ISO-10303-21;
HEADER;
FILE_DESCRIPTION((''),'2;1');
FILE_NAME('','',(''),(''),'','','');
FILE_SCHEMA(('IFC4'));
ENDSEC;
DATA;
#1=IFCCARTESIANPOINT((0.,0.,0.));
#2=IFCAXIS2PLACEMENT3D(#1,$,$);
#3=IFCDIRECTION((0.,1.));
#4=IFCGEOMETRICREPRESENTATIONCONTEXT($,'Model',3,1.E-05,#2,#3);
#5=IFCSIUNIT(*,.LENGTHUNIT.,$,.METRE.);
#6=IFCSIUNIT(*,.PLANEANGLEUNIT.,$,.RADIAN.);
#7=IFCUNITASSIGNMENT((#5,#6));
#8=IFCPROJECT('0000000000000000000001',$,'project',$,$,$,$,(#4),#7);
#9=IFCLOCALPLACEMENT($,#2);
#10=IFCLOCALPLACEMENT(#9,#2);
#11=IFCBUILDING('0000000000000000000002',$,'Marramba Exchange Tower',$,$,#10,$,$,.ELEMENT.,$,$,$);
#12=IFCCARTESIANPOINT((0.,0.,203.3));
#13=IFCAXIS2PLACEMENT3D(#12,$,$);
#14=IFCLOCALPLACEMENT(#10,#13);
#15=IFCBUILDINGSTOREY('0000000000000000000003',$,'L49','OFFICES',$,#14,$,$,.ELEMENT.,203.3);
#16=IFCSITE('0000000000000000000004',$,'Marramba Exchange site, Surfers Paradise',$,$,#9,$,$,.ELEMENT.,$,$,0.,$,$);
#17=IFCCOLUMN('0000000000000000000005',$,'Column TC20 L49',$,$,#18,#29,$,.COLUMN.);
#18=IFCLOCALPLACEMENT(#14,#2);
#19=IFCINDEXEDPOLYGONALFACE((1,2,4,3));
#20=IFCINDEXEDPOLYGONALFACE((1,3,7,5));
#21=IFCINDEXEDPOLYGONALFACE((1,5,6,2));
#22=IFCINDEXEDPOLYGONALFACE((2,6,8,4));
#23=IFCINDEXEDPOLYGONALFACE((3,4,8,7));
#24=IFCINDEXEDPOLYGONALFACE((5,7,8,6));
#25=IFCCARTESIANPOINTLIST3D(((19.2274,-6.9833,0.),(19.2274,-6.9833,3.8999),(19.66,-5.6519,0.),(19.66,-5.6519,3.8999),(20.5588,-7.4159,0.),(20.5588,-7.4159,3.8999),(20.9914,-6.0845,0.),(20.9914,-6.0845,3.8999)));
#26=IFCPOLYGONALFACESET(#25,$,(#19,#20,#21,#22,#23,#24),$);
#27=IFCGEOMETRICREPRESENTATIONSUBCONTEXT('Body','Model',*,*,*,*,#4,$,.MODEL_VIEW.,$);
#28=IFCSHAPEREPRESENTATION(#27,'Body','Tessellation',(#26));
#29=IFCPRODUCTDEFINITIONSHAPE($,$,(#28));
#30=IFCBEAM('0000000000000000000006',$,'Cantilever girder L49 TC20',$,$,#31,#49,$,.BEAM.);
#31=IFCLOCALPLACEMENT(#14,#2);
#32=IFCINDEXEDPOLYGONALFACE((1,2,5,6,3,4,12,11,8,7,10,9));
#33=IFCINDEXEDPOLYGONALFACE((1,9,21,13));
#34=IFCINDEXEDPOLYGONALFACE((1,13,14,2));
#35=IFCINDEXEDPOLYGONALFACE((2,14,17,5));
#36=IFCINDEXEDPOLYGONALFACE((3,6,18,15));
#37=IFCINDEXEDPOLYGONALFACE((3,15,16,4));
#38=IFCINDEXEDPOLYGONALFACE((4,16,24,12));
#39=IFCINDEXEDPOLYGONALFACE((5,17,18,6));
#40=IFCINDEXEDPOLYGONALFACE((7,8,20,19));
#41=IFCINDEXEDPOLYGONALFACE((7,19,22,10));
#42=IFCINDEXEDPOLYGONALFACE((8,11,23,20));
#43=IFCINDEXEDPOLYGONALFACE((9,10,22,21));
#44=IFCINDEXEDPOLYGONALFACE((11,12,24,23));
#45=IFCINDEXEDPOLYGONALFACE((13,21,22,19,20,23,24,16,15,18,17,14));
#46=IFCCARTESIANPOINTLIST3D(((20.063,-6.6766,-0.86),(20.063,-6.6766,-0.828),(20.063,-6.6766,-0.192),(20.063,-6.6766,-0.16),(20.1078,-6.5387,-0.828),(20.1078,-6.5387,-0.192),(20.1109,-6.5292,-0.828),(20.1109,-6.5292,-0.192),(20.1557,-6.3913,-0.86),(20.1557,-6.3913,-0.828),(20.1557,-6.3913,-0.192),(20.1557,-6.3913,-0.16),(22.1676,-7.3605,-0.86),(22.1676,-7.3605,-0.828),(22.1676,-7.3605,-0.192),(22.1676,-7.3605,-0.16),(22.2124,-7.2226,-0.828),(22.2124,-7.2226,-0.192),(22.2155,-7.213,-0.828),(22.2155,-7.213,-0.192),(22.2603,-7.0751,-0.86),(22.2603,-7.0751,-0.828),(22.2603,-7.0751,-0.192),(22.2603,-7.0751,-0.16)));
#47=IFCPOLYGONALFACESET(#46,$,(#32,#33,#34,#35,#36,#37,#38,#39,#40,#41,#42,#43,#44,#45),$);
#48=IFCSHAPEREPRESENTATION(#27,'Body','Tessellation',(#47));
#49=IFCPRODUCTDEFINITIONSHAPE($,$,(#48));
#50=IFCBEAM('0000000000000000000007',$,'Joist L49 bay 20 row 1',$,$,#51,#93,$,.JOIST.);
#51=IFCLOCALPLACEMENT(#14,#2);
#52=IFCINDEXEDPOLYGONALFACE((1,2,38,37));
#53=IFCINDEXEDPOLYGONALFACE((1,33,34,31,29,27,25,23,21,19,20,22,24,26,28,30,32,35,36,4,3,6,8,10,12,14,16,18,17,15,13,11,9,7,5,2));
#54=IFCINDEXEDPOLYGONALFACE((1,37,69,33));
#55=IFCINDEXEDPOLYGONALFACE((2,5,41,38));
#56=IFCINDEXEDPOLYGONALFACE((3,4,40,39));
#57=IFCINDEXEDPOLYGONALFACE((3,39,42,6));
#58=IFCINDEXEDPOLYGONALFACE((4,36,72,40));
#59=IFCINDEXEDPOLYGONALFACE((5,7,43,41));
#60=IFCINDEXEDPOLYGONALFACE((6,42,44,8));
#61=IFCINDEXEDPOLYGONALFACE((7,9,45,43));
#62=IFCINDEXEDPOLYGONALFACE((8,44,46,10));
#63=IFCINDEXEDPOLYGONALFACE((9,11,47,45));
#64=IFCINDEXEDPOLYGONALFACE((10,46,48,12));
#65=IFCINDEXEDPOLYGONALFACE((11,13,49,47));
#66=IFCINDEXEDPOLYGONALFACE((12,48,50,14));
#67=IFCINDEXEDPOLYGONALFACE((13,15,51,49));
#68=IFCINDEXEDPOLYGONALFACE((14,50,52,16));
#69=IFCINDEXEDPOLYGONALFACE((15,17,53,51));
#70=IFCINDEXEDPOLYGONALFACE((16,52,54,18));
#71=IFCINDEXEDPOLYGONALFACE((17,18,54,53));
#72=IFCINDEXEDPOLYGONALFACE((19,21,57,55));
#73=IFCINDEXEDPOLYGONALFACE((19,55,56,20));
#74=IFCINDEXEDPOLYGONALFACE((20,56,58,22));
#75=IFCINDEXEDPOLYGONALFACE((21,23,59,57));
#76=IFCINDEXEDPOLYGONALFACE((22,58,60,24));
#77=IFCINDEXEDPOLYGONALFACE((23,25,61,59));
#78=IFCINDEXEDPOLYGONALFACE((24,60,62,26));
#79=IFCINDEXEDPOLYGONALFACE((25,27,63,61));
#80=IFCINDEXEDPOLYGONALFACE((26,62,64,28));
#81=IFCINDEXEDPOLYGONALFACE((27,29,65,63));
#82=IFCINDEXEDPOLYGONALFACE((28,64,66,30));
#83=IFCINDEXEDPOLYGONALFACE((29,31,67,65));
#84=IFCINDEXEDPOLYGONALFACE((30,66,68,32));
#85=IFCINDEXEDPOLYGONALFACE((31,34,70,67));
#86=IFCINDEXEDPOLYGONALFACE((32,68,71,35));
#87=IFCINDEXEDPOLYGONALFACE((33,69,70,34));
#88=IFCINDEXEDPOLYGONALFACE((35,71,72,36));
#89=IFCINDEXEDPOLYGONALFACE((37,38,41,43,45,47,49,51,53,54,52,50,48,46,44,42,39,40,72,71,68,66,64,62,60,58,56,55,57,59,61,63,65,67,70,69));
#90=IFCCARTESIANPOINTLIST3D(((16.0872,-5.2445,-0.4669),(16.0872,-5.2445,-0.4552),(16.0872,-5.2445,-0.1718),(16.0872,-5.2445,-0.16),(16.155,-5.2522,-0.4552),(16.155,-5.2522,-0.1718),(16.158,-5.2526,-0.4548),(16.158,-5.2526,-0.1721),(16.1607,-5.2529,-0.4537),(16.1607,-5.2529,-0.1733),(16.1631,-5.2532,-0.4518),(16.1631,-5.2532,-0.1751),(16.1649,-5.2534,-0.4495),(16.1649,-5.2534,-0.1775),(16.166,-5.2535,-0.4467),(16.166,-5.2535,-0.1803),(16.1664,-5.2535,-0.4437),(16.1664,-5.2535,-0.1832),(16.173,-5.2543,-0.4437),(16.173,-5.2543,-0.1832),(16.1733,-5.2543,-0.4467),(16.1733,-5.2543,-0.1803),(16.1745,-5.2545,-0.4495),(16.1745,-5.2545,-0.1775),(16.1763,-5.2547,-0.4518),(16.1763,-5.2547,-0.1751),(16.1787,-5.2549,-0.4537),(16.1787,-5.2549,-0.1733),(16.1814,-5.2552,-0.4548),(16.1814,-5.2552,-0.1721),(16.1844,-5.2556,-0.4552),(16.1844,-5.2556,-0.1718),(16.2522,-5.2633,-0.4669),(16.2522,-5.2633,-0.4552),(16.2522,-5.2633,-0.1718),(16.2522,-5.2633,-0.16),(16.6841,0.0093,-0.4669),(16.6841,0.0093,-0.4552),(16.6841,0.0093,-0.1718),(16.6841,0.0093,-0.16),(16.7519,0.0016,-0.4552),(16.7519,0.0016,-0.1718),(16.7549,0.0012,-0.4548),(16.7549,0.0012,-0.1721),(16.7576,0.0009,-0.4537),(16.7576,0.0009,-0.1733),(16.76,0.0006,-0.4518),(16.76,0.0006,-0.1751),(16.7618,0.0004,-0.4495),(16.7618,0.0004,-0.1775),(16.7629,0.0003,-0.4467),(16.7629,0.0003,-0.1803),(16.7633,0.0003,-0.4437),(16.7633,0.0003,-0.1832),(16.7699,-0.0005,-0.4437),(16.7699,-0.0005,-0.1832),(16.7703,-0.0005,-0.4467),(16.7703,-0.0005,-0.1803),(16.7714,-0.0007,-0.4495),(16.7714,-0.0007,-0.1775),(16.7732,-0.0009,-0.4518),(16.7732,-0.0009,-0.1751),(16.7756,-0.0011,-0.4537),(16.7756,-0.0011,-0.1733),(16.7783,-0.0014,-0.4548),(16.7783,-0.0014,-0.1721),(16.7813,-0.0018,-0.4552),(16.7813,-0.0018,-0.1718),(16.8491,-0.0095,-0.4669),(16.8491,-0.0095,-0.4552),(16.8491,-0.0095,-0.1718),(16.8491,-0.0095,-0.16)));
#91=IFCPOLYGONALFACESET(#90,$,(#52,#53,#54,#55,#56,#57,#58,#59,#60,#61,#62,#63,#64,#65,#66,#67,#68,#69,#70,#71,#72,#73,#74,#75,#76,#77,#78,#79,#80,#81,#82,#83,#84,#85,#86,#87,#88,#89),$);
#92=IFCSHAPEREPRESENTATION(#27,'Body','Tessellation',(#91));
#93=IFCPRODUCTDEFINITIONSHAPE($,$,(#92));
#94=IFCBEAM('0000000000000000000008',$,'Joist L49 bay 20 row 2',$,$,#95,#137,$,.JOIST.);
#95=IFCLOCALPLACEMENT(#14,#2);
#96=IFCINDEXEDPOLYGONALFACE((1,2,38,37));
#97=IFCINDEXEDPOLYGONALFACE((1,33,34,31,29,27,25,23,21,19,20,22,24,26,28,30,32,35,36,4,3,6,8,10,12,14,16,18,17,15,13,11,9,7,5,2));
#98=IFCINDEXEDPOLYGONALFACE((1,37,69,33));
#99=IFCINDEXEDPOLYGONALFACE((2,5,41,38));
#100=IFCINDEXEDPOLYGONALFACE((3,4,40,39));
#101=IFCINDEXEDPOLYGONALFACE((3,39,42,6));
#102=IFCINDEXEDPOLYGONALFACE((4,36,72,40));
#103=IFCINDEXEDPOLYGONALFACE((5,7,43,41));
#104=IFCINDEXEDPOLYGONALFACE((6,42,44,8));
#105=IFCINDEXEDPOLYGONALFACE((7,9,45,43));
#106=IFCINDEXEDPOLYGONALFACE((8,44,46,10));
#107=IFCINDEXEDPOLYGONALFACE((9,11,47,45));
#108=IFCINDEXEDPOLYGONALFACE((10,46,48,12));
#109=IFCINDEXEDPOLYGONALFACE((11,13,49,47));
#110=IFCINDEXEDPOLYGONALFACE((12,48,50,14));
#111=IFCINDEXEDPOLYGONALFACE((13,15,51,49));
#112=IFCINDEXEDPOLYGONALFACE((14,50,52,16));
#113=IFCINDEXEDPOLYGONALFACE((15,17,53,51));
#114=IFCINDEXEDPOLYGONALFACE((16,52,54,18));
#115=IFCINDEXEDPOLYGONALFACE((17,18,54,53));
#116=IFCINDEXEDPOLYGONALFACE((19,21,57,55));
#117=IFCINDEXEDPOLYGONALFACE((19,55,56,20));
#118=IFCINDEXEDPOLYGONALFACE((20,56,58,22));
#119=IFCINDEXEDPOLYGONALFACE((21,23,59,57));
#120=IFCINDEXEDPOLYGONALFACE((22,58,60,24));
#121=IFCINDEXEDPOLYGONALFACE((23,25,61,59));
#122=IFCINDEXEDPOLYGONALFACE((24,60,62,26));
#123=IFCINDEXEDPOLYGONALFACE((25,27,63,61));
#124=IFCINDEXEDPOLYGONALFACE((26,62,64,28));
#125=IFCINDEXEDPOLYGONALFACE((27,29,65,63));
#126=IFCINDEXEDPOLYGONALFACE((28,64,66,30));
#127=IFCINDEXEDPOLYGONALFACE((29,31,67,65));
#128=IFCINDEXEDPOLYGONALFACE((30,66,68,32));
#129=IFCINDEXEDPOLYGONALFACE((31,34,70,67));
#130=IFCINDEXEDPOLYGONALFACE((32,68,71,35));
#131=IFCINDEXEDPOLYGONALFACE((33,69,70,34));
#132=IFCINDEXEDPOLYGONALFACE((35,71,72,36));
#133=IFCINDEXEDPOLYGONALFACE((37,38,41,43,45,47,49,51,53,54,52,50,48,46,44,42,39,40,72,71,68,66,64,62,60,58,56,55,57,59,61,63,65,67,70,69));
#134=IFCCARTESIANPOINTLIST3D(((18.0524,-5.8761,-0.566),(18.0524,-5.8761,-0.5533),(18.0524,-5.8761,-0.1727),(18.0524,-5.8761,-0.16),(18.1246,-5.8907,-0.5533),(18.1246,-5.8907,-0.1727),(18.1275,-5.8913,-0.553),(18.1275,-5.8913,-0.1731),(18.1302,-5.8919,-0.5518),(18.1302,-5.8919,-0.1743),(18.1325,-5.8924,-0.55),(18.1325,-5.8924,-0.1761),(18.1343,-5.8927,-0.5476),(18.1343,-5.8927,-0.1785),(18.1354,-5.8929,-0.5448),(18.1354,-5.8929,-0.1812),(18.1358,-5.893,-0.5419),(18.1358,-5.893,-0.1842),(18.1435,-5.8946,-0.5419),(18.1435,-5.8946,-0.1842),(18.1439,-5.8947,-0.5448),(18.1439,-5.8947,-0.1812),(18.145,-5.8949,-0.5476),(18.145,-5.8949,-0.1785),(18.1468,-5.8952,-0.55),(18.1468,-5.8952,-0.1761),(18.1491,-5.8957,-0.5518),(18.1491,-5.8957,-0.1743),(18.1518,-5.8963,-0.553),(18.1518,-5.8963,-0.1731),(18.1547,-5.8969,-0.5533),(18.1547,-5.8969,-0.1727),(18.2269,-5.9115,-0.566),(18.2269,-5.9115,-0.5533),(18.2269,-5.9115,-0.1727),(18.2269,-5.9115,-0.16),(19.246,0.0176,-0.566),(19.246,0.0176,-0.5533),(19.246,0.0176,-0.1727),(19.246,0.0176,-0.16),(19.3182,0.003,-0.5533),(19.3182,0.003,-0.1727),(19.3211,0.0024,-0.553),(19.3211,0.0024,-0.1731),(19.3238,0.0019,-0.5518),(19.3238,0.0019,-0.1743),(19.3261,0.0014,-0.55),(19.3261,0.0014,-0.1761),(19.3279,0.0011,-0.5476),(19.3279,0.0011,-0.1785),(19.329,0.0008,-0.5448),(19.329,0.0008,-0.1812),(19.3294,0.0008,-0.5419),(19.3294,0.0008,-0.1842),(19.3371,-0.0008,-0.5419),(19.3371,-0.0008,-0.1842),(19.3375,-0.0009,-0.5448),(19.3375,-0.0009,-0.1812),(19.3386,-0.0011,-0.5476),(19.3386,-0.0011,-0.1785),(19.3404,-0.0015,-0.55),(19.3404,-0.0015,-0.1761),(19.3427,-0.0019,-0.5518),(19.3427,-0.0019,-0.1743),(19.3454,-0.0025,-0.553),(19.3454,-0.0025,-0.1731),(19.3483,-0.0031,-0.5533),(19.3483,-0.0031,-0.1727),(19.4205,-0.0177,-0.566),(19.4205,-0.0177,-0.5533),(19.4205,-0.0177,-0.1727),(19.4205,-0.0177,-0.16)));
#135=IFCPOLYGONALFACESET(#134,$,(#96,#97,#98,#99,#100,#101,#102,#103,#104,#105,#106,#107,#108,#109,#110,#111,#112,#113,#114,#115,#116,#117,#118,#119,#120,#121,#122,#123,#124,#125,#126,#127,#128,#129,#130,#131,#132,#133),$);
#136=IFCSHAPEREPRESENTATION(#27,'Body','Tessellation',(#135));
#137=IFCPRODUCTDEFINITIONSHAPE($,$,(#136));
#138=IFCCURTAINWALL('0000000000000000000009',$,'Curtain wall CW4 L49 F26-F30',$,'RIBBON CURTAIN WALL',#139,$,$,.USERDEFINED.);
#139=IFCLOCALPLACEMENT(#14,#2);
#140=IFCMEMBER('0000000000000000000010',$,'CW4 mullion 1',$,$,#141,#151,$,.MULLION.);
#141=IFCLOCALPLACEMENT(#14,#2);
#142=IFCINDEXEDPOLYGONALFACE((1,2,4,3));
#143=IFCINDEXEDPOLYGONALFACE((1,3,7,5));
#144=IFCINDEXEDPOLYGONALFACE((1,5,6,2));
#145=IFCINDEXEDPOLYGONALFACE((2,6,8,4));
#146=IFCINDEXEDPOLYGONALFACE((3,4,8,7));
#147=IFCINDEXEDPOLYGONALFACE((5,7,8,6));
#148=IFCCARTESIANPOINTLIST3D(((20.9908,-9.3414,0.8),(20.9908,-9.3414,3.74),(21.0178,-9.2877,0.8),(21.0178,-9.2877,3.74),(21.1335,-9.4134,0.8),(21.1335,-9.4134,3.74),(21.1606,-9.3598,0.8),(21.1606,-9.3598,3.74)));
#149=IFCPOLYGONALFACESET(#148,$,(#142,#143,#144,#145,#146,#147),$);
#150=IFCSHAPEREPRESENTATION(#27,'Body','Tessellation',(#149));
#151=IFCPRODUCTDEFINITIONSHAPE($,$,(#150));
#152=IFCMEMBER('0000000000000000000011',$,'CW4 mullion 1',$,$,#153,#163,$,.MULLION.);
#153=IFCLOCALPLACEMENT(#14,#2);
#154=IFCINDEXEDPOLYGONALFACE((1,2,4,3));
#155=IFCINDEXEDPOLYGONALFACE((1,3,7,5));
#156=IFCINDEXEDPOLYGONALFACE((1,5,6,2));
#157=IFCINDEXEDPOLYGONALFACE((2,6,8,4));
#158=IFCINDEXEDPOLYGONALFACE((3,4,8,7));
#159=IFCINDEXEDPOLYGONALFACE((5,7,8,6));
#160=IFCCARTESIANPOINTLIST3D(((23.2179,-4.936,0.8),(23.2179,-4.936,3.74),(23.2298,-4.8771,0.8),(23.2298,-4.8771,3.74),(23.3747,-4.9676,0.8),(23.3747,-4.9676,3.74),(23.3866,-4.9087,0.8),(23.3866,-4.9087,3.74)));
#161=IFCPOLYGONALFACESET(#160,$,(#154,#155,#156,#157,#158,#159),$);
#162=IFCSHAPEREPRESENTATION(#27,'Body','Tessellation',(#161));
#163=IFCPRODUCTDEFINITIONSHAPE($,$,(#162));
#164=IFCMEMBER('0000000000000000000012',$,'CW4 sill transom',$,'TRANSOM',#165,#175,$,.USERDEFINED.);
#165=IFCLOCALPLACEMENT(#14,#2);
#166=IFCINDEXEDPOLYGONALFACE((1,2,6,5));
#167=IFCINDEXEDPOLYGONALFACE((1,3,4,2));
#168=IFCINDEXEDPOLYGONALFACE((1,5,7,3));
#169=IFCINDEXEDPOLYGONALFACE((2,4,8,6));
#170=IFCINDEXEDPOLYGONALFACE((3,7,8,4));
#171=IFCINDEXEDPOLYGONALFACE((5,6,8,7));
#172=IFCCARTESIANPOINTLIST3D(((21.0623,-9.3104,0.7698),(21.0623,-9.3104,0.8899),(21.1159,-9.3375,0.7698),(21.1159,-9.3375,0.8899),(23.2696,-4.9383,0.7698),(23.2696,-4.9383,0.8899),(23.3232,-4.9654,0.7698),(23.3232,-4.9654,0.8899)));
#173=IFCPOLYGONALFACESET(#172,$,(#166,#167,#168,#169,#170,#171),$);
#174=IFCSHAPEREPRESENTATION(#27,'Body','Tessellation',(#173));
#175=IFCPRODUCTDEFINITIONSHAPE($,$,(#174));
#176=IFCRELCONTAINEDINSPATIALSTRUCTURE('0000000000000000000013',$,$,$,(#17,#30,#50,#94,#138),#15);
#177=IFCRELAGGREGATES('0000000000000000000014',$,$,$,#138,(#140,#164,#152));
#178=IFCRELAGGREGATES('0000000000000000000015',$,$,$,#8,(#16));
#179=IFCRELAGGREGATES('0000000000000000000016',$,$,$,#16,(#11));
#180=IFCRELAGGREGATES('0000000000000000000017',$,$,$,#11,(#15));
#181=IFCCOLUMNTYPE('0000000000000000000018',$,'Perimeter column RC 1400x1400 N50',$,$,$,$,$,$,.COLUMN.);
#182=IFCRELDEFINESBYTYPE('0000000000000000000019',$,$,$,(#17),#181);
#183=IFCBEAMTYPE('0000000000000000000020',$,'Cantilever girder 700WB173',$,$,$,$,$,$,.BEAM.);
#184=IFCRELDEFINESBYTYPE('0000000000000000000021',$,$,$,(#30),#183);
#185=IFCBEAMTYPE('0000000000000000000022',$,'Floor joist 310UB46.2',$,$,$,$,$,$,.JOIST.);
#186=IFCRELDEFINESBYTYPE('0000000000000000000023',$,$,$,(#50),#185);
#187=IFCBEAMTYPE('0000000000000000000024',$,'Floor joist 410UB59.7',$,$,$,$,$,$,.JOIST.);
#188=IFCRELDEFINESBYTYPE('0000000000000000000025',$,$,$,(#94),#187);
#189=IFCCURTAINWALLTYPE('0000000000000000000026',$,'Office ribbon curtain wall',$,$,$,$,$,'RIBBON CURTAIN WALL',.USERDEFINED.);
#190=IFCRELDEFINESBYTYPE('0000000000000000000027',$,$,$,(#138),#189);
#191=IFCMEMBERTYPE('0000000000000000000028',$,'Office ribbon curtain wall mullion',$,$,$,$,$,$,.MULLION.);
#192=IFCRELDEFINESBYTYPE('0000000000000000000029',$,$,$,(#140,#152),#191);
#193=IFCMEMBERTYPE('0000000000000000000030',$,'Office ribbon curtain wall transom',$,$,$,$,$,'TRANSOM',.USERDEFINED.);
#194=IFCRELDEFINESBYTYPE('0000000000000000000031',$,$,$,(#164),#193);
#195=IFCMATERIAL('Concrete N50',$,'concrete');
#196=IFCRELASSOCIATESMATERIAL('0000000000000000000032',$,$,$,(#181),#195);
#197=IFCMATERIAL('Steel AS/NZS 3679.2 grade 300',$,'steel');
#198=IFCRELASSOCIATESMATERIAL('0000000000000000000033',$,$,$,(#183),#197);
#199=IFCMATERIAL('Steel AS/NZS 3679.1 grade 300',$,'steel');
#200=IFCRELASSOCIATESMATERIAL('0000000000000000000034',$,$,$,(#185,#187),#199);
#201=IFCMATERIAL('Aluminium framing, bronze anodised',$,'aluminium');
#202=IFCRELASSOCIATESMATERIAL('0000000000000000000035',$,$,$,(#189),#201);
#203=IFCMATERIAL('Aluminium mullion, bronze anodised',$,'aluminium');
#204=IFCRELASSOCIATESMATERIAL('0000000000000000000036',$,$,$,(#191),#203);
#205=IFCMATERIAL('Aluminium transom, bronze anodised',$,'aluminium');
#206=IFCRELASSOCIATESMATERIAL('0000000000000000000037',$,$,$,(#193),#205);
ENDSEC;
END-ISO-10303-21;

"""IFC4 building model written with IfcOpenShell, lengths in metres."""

from ifc_helpers import new_model, si_unit, direction, frame, origin, origin_2d, place, context, subcontext, project, spatial, rectangle, i_section, extrude, material, material_profile, profile_set, type_object, element, aggregate, save


model = new_model("IFC4")

# Units and contexts
model_context = context("Model", 3, precision=1e-05, world=origin(), true_north=direction((0.0, 1.0)))
body_context = subcontext(model_context, "Body", "Model", "MODEL_VIEW")
ifc_project = project(units=[si_unit("LENGTHUNIT", "METRE"), si_unit("PLANEANGLEUNIT", "RADIAN")], contexts=[model_context])

# Site, building, storey
site_placement = place(None, origin())
site = spatial("IfcSite", under=ifc_project, at=site_placement, Name="Marramba Exchange site, Surfers Paradise", CompositionType="ELEMENT", RefElevation=0.0)
building_placement = place(site_placement, origin())
building = spatial("IfcBuilding", under=site, at=building_placement, Name="Marramba Exchange Tower", CompositionType="ELEMENT")
storey_placement = place(building_placement, frame((0.0, 0.0, 203.3)))
storey = spatial("IfcBuildingStorey", under=building, at=storey_placement, Name="L49", Description="OFFICES", CompositionType="ELEMENT", Elevation=203.3)

# Column
ifc_material_1 = material(Name="Concrete N50", Category="concrete")
ifc_material_profile_1 = material_profile(ifc_material_1, rectangle(XDim=1.3999, YDim=1.3999, at=origin_2d()), Name="RC 1400x1400")
ifc_profile_set_1 = profile_set([ifc_material_profile_1], Name="Concrete N50")
column_type = type_object("IfcColumnType", Name="Perimeter column RC 1400x1400 N50", PredefinedType="COLUMN", material=ifc_profile_set_1)
column_placement = place(storey_placement, frame((20.1094, -6.5339, 0.0), z_axis=(0.0, 0.0, 1.0), x_axis=(0.951057, -0.309017, 0.0)))
element("IfcColumn", 1, at=column_placement, inside=storey, type_object=column_type, Name="Column TC20 L49", PredefinedType="COLUMN", context=body_context, shape_type="SweptSolid", body=[
    extrude(rectangle(XDim=1.3999, YDim=1.3999, at=origin_2d()), origin(), (0.0, 0.0, 1.0), 3.8999),
])

# Beams
ifc_material_2 = material(Name="Steel AS/NZS 3679.2 grade 300", Category="steel")
ifc_material_profile_2 = material_profile(ifc_material_2, i_section(OverallWidth=0.3, OverallDepth=0.7, WebThickness=0.01, FlangeThickness=0.032, at=origin_2d()), Name="700WB173")
ifc_profile_set_2 = profile_set([ifc_material_profile_2], Name="Steel AS/NZS 3679.2 grade 300")
beam_type_1 = type_object("IfcBeamType", Name="Cantilever girder 700WB173", PredefinedType="BEAM", material=ifc_profile_set_2)
beam_1_placement = place(storey_placement, frame((20.1094, -6.5339, -0.51), z_axis=(0.95105, -0.309036, 0.0), x_axis=(0.309036, 0.95105, 0.0)))
element("IfcBeam", 2, at=beam_1_placement, inside=storey, type_object=beam_type_1, Name="Cantilever girder L49 TC20", PredefinedType="BEAM", context=body_context, shape_type="SweptSolid", body=[
    extrude(i_section(OverallWidth=0.3, OverallDepth=0.7, WebThickness=0.01, FlangeThickness=0.032, at=origin_2d()), origin(), (0.0, 0.0, 1.0), 2.2129),
])
ifc_material_3 = material(Name="Steel AS/NZS 3679.1 grade 300", Category="steel")
ifc_material_profile_3 = material_profile(ifc_material_3, i_section(OverallWidth=0.166, OverallDepth=0.3069, WebThickness=0.0066, FlangeThickness=0.0117, FilletRadius=0.0115, at=origin_2d()), Name="310UB46.2")
ifc_profile_set_3 = profile_set([ifc_material_profile_3], Name="Steel AS/NZS 3679.1 grade 300")
beam_type_2 = type_object("IfcBeamType", Name="Floor joist 310UB46.2", PredefinedType="JOIST", material=ifc_profile_set_3)
beam_2_placement = place(storey_placement, frame((16.1697, -5.2539, -0.3135), z_axis=(0.112889, 0.993608, 0.0), x_axis=(-0.993608, 0.112889, 0.0)))
element("IfcBeam", 3, at=beam_2_placement, inside=storey, type_object=beam_type_2, Name="Joist L49 bay 20 row 1", PredefinedType="JOIST", context=body_context, shape_type="SweptSolid", body=[
    extrude(i_section(OverallWidth=0.166, OverallDepth=0.3069, WebThickness=0.0066, FlangeThickness=0.0117, FilletRadius=0.0115, at=origin_2d()), origin(), (0.0, 0.0, 1.0), 5.2876),
])
ifc_material_profile_4 = material_profile(ifc_material_3, i_section(OverallWidth=0.178, OverallDepth=0.406, WebThickness=0.0078, FlangeThickness=0.0127, FilletRadius=0.0115, at=origin_2d()), Name="410UB59.7")
ifc_profile_set_4 = profile_set([ifc_material_profile_4], Name="Steel AS/NZS 3679.1 grade 300")
beam_type_3 = type_object("IfcBeamType", Name="Floor joist 410UB59.7", PredefinedType="JOIST", material=ifc_profile_set_4)
beam_3_placement = place(storey_placement, frame((18.1396, -5.8938, -0.363), z_axis=(0.198489, 0.980103, 0.0), x_axis=(-0.980103, 0.198489, 0.0)))
element("IfcBeam", 4, at=beam_3_placement, inside=storey, type_object=beam_type_3, Name="Joist L49 bay 20 row 2", PredefinedType="JOIST", context=body_context, shape_type="SweptSolid", body=[
    extrude(i_section(OverallWidth=0.178, OverallDepth=0.406, WebThickness=0.0078, FlangeThickness=0.0127, FilletRadius=0.0115, at=origin_2d()), origin(), (0.0, 0.0, 1.0), 6.0134),
])

# Curtain wall, members
ifc_material_4 = material(Name="Aluminium framing, bronze anodised", Category="aluminium")
curtain_wall_type = type_object("IfcCurtainWallType", Name="Office ribbon curtain wall", ElementType="RIBBON CURTAIN WALL", PredefinedType="USERDEFINED", material=ifc_material_4)
curtain_wall_placement = place(storey_placement, origin())
curtain_wall = element("IfcCurtainWall", 5, at=curtain_wall_placement, inside=storey, type_object=curtain_wall_type, Name="Curtain wall CW4 L49 F26-F30", ObjectType="RIBBON CURTAIN WALL", PredefinedType="USERDEFINED")
ifc_material_5 = material(Name="Aluminium mullion, bronze anodised", Category="aluminium")
ifc_material_profile_5 = material_profile(ifc_material_5, rectangle(XDim=0.1599, YDim=0.0601, at=origin_2d()), Name="CW4 mullion 60x160")
ifc_profile_set_5 = profile_set([ifc_material_profile_5], Name="Aluminium mullion, bronze anodised")
member_type_1 = type_object("IfcMemberType", Name="Office ribbon curtain wall mullion", PredefinedType="MULLION", material=ifc_profile_set_5)
member_1_placement = place(storey_placement, frame((21.0757, -9.3506, 0.8), z_axis=(0.0, 0.0, 1.0), x_axis=(-0.892689, 0.450673, 0.0)))
member_1 = element("IfcMember", 6, at=member_1_placement, type_object=member_type_1, Name="CW4 mullion 1", PredefinedType="MULLION", context=body_context, shape_type="SweptSolid", body=[
    extrude(rectangle(XDim=0.1599, YDim=0.0601, at=origin_2d()), origin(), (0.0, 0.0, 1.0), 2.9399),
])
member_2_placement = place(storey_placement, frame((23.3022, -4.9224, 0.8), z_axis=(0.0, 0.0, 1.0), x_axis=(-0.980304, 0.197495, 0.0)))
member_2 = element("IfcMember", 7, at=member_2_placement, type_object=member_type_1, Name="CW4 mullion 1", PredefinedType="MULLION", context=body_context, shape_type="SweptSolid", body=[
    extrude(rectangle(XDim=0.1599, YDim=0.0601, at=origin_2d()), origin(), (0.0, 0.0, 1.0), 2.9399),
])
ifc_material_6 = material(Name="Aluminium transom, bronze anodised", Category="aluminium")
ifc_material_profile_6 = material_profile(ifc_material_6, rectangle(XDim=0.0601, YDim=0.1201, at=origin_2d()), Name="CW4 transom 60x120")
ifc_profile_set_6 = profile_set([ifc_material_profile_6], Name="Aluminium transom, bronze anodised")
member_type_2 = type_object("IfcMemberType", Name="Office ribbon curtain wall transom", ElementType="TRANSOM", PredefinedType="USERDEFINED", material=ifc_profile_set_6)
member_3_placement = place(storey_placement, frame((21.0891, -9.324, 0.8298), z_axis=(0.45068, 0.892686, 0.0), x_axis=(-0.892686, 0.45068, 0.0)))
member_3 = element("IfcMember", 8, at=member_3_placement, type_object=member_type_2, Name="CW4 sill transom", ObjectType="TRANSOM", PredefinedType="USERDEFINED", context=body_context, shape_type="SweptSolid", body=[
    extrude(rectangle(XDim=0.0601, YDim=0.1201, at=origin_2d()), origin(), (0.0, 0.0, 1.0), 4.8977),
])

aggregate(curtain_wall, [member_1, member_3, member_2])

save(model, "model.ifc")
